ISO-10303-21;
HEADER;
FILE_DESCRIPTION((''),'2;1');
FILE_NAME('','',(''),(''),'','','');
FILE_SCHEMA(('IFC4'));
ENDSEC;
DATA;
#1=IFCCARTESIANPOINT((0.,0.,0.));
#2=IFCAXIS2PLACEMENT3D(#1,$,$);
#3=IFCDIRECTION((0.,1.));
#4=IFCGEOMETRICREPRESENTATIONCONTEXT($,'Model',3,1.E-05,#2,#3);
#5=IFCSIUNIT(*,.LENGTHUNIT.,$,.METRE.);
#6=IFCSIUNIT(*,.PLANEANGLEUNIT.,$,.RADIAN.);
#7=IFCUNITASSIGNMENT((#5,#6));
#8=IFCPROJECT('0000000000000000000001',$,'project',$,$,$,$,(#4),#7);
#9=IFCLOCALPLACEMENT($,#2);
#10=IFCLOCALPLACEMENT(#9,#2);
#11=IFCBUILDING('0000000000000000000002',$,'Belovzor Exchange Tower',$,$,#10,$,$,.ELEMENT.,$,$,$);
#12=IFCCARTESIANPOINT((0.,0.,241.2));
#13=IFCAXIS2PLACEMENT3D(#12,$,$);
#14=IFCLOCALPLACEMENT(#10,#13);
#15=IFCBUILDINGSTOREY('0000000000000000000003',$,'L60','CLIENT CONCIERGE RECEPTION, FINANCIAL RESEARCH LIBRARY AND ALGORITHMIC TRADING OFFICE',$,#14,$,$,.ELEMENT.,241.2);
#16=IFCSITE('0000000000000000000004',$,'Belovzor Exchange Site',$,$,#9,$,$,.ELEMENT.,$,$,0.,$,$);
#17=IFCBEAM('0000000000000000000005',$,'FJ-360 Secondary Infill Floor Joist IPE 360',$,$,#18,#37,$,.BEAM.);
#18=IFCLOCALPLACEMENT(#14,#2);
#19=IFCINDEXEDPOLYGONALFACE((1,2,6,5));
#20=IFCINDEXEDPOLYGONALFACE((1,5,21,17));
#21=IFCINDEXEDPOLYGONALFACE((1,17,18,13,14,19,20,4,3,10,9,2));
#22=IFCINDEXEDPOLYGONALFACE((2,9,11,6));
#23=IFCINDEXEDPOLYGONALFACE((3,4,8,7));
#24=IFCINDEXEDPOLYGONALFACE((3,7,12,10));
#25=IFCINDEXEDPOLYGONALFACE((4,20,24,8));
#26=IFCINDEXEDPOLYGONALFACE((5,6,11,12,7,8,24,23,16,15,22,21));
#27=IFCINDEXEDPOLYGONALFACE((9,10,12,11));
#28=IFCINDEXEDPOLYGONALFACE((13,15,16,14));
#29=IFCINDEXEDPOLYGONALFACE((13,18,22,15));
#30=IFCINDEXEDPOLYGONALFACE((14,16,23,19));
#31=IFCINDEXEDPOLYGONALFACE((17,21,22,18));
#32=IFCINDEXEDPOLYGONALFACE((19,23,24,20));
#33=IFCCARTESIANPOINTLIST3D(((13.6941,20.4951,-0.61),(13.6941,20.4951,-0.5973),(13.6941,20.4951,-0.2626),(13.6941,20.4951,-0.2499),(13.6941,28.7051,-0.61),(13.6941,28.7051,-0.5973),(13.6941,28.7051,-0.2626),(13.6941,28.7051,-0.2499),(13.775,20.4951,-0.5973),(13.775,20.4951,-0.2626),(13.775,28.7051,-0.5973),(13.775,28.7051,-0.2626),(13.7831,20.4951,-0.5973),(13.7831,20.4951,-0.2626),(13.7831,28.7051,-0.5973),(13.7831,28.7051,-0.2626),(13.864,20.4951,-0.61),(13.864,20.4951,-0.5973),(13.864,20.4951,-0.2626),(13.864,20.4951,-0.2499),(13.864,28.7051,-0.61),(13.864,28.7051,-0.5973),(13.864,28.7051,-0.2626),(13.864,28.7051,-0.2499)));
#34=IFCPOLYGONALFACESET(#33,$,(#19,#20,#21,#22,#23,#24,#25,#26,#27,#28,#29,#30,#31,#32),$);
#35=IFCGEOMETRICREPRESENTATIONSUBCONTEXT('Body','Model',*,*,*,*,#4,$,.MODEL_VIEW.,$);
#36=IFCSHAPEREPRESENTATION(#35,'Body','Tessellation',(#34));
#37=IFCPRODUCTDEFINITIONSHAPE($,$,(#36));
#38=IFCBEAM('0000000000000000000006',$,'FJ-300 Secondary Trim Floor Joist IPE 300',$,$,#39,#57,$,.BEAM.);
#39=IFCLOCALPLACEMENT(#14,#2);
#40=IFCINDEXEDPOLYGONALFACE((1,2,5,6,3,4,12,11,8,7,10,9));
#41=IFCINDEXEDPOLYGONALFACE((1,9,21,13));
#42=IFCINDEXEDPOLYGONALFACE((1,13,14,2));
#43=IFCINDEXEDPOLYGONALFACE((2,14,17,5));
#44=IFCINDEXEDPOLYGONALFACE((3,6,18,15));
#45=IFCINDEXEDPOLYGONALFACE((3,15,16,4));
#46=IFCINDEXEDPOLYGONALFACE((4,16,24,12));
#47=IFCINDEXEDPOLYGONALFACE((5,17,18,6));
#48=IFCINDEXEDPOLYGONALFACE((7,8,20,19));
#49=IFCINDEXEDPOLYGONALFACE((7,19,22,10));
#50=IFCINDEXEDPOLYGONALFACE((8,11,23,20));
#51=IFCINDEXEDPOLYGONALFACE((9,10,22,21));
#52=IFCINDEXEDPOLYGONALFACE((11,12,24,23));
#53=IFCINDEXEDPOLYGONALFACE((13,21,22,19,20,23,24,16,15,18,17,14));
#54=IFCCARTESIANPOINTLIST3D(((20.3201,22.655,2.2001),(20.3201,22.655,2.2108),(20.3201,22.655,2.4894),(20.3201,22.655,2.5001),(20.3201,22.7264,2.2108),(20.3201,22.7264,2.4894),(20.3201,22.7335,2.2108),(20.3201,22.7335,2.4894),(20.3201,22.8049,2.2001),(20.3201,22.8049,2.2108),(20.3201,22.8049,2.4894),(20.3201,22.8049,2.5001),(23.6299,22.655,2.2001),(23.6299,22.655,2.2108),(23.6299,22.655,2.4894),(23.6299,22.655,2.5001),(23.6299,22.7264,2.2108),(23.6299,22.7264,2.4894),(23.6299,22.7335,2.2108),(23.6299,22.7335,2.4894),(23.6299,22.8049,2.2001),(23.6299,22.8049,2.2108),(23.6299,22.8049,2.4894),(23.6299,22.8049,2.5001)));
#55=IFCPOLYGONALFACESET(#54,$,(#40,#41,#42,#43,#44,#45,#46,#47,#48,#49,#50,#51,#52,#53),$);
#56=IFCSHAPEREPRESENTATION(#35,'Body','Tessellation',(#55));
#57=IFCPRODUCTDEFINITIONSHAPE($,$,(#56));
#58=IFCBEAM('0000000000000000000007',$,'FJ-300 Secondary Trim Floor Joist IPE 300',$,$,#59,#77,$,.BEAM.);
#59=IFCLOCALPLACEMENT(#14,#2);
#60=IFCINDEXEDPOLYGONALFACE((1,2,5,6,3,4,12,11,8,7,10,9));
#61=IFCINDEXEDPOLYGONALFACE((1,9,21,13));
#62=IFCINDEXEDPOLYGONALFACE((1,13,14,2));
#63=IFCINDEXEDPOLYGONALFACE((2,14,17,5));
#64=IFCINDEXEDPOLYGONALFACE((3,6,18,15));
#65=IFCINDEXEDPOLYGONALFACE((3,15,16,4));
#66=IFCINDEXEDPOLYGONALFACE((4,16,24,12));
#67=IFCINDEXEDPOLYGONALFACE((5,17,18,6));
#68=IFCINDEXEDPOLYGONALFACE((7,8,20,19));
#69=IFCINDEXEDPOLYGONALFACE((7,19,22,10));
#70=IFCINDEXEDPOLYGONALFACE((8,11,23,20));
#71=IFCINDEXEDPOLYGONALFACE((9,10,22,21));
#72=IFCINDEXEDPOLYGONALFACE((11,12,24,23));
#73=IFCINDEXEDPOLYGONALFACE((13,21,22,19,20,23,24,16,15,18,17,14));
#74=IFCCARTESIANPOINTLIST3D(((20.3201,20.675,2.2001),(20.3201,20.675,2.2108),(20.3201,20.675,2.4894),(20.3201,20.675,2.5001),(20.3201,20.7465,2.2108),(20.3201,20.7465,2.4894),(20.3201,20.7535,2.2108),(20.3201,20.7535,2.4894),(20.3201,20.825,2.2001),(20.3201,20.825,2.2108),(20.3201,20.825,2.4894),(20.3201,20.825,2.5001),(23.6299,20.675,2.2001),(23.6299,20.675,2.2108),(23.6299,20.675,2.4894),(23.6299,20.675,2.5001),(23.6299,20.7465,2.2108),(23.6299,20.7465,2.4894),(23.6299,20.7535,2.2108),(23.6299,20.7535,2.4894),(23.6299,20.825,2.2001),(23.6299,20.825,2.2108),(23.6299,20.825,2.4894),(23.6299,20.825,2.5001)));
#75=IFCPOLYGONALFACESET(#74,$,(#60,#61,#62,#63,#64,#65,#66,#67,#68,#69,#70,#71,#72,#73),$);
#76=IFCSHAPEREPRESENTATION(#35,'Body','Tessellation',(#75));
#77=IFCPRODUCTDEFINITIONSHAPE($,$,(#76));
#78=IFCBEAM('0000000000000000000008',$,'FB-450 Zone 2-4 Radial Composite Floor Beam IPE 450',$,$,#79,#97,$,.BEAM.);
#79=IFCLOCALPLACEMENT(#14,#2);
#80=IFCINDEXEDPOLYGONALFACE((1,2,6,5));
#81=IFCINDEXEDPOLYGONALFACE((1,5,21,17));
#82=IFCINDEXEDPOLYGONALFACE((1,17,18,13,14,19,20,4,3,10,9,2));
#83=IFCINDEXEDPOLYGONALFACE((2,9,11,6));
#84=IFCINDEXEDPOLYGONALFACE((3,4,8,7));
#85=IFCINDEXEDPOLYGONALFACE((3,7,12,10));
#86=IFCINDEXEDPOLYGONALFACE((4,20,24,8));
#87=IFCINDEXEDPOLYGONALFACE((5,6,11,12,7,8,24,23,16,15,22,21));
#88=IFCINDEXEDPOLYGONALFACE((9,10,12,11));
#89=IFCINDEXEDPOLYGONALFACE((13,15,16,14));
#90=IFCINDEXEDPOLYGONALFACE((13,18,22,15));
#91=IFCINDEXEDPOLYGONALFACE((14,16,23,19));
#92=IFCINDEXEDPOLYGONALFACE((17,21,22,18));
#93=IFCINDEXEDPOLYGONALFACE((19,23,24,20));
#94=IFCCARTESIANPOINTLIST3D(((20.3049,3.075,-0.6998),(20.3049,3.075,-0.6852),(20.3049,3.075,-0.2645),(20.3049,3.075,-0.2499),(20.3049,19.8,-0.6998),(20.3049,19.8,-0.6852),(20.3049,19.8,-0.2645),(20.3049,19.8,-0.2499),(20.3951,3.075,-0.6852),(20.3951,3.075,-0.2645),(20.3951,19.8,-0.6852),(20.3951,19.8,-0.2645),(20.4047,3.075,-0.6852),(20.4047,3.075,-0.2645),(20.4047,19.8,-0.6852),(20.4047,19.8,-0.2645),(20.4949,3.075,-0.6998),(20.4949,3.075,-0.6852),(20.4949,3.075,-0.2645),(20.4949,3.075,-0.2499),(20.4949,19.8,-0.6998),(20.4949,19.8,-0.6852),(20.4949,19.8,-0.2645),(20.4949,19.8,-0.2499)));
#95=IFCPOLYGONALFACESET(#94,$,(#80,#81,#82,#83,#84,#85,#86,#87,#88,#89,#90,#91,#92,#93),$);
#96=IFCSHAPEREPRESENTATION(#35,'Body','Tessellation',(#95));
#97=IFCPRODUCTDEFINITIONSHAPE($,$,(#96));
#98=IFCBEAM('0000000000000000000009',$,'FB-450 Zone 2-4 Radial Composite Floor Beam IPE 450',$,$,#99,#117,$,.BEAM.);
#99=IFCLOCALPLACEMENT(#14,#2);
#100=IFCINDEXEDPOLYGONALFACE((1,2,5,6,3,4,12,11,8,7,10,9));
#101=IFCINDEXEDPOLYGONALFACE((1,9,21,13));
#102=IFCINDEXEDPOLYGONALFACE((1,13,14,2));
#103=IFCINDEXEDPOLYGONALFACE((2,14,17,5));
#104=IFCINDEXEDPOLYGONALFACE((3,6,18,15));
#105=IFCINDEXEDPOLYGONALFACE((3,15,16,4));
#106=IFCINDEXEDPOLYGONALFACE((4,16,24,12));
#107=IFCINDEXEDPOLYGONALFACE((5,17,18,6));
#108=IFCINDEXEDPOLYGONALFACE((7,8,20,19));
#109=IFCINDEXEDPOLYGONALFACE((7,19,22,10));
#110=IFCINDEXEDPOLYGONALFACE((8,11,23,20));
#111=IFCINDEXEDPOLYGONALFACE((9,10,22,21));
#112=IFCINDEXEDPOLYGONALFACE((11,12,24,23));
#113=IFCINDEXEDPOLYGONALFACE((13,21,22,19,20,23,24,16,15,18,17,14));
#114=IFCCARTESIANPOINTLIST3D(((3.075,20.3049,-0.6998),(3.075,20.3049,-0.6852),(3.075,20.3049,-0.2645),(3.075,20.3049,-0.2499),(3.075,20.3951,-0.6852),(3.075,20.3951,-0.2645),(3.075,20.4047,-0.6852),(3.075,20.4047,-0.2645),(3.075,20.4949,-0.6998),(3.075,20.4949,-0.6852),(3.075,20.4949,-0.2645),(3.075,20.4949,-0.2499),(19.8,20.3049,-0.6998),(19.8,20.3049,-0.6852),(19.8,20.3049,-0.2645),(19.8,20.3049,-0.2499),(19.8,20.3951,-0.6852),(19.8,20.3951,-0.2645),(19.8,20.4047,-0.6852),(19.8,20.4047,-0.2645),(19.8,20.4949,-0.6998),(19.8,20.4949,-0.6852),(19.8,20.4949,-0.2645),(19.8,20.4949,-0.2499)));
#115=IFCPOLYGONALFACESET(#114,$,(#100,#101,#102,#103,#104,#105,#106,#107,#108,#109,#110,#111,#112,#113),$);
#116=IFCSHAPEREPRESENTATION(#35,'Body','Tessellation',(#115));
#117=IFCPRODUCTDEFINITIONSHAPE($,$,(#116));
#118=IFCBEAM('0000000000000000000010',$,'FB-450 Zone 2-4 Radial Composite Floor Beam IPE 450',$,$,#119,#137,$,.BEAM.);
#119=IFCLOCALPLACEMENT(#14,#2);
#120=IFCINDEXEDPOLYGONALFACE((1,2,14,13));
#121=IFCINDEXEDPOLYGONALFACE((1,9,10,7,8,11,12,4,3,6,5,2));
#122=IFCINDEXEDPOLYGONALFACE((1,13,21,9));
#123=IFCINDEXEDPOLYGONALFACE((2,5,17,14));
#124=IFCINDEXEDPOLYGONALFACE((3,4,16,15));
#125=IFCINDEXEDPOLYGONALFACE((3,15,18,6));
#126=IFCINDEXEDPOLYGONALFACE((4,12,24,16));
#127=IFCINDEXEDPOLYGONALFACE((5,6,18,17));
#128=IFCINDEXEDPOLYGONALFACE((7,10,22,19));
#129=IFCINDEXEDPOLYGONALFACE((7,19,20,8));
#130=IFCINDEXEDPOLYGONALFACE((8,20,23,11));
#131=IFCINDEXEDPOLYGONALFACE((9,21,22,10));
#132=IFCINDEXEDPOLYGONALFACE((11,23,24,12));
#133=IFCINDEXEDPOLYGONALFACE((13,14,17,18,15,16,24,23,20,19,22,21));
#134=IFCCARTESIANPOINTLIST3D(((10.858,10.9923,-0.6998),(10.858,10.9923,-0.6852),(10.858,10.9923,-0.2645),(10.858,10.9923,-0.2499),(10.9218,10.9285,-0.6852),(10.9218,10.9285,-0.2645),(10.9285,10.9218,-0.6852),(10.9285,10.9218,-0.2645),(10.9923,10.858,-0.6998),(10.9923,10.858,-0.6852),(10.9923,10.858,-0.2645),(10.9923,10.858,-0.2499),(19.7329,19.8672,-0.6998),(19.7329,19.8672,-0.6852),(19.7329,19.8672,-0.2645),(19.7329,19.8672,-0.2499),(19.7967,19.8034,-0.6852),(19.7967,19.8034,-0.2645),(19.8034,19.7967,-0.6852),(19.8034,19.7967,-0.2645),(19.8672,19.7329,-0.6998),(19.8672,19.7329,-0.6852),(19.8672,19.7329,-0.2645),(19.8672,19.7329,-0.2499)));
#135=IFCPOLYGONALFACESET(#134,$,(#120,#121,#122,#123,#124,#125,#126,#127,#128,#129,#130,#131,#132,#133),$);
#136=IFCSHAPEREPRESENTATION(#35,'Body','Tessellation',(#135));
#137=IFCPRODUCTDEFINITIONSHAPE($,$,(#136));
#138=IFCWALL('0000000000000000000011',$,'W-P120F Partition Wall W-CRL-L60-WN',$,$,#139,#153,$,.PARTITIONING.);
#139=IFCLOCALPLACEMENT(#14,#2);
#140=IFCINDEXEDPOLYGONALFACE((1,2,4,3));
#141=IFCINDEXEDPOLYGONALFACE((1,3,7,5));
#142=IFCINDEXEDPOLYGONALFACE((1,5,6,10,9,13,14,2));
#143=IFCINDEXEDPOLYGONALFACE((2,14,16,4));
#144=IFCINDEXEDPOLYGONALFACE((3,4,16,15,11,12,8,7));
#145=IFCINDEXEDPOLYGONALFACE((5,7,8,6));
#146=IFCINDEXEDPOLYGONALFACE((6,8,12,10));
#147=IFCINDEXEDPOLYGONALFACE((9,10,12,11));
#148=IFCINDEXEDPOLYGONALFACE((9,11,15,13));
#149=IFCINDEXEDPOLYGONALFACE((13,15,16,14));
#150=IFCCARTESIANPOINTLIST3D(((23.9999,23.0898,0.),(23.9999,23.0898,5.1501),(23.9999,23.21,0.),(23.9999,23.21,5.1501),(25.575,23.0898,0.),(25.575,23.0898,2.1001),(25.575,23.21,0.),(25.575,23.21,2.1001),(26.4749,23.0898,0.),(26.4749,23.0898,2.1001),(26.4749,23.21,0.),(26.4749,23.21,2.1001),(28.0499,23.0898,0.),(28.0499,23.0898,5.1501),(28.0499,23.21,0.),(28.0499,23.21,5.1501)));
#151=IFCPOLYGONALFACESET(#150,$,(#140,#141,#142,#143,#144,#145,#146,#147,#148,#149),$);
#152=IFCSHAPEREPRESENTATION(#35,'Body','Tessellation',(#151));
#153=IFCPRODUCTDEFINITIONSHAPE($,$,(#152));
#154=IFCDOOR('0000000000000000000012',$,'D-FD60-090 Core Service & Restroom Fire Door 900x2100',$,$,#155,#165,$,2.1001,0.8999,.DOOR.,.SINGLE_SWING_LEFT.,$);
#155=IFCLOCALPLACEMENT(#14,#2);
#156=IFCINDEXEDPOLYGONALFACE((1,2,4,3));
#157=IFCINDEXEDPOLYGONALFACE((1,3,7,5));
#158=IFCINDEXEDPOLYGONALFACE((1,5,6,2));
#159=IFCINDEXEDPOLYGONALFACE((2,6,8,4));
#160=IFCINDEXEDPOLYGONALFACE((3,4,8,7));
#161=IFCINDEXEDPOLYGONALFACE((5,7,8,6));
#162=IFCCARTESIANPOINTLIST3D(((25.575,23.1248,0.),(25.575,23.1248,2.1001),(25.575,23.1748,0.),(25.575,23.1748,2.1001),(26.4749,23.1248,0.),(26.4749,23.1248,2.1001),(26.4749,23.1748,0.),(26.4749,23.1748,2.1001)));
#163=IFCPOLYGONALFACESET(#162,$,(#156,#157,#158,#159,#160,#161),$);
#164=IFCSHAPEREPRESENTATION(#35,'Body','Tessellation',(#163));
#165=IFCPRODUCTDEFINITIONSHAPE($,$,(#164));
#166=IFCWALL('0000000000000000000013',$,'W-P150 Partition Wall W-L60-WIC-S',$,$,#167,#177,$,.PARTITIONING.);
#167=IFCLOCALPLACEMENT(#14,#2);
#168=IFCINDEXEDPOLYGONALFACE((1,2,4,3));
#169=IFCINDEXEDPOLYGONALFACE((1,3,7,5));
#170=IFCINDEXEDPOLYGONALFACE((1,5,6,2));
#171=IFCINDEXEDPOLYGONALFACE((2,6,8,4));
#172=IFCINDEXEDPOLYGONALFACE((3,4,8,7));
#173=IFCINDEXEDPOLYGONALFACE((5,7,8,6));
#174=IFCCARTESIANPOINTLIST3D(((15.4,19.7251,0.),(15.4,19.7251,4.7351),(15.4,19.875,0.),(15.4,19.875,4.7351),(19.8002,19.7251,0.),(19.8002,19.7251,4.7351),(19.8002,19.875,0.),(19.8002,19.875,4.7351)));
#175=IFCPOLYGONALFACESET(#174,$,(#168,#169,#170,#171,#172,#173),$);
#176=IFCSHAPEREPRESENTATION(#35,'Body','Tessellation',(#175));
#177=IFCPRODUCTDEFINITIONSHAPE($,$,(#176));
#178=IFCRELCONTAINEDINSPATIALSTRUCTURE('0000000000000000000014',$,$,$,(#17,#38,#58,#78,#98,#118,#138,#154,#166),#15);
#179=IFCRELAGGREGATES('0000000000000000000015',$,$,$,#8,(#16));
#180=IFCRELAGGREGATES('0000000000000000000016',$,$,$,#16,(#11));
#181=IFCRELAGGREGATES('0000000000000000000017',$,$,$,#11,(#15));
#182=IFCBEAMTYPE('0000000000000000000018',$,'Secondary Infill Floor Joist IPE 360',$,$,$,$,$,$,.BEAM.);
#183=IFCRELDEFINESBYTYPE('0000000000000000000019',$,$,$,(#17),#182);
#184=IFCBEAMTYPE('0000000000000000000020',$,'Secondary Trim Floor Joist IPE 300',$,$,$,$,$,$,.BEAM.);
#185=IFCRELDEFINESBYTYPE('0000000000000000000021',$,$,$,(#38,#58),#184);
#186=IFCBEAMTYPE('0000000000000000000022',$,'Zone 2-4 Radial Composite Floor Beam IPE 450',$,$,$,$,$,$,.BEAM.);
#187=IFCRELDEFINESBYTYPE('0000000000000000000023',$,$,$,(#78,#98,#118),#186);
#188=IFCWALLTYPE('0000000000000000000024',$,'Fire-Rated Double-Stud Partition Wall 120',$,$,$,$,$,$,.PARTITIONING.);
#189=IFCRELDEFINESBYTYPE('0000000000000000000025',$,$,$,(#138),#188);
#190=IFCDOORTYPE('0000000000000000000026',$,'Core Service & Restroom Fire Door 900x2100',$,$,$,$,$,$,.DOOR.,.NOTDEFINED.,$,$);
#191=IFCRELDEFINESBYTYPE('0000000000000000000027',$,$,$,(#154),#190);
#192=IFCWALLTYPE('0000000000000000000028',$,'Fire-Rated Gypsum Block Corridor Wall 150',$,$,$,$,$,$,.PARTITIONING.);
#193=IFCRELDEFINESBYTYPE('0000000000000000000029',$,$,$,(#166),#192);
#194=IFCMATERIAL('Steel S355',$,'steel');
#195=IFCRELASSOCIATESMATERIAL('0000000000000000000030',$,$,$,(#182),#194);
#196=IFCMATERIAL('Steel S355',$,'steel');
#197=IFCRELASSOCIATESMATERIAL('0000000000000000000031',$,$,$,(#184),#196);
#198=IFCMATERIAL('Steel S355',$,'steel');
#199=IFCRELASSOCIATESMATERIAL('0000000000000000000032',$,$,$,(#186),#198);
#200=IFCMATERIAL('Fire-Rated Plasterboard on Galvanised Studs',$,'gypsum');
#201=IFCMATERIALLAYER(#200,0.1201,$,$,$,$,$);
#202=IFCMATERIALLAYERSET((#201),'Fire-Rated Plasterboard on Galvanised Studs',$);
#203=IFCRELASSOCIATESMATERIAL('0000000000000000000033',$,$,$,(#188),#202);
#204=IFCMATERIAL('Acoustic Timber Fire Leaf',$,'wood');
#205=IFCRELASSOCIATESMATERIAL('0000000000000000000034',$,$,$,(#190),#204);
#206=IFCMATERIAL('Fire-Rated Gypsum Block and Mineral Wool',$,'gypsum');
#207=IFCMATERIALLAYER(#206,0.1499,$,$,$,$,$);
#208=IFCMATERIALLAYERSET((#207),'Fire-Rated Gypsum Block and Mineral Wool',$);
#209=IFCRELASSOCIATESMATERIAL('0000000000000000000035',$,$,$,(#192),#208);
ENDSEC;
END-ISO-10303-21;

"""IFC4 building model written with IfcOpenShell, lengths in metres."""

from ifc_helpers import new_model, si_unit, direction, frame, frame_2d, origin, origin_2d, place, context, subcontext, project, spatial, rectangle, i_section, extrude, material, layer, layer_set, material_profile, profile_set, type_object, element, fill, save


model = new_model("IFC4")

# Units and contexts
model_context = context("Model", 3, precision=1e-05, world=origin(), true_north=direction((0.0, 1.0)))
body_context = subcontext(model_context, "Body", "Model", "MODEL_VIEW")
ifc_project = project(units=[si_unit("LENGTHUNIT", "METRE"), si_unit("PLANEANGLEUNIT", "RADIAN")], contexts=[model_context])

# Site, building, storey
site_placement = place(None, origin())
site = spatial("IfcSite", under=ifc_project, at=site_placement, Name="Belovzor Exchange Site", CompositionType="ELEMENT", RefElevation=0.0)
building_placement = place(site_placement, origin())
building = spatial("IfcBuilding", under=site, at=building_placement, Name="Belovzor Exchange Tower", CompositionType="ELEMENT")
storey_placement = place(building_placement, frame((0.0, 0.0, 241.2)))
storey = spatial("IfcBuildingStorey", under=building, at=storey_placement, Name="L60", Description="CLIENT CONCIERGE RECEPTION, FINANCIAL RESEARCH LIBRARY AND ALGORITHMIC TRADING OFFICE", CompositionType="ELEMENT", Elevation=241.2)

# Beams
ifc_material_1 = material(Name="Steel S355", Category="steel")
ifc_material_profile_1 = material_profile(ifc_material_1, i_section(OverallWidth=0.1699, OverallDepth=0.3601, WebThickness=0.0081, FlangeThickness=0.0127, at=origin_2d()))
ifc_profile_set_1 = profile_set([ifc_material_profile_1], Name="Steel S355")
beam_type_1 = type_object("IfcBeamType", Name="Secondary Infill Floor Joist IPE 360", PredefinedType="BEAM", material=ifc_profile_set_1)
beam_1_placement = place(storey_placement, frame((13.7791, 20.4951, -0.4299), z_axis=(0.0, 1.0, 0.0), x_axis=(-1.0, 0.0, 0.0)))
element("IfcBeam", 1, at=beam_1_placement, inside=storey, type_object=beam_type_1, Name="FJ-360 Secondary Infill Floor Joist IPE 360", PredefinedType="BEAM", context=body_context, shape_type="SweptSolid", body=[
    extrude(i_section(OverallWidth=0.1699, OverallDepth=0.3601, WebThickness=0.0081, FlangeThickness=0.0127, at=origin_2d()), origin(), (0.0, 0.0, 1.0), 8.21),
])
ifc_material_2 = material(Name="Steel S355", Category="steel")
ifc_material_profile_2 = material_profile(ifc_material_2, i_section(OverallWidth=0.1499, OverallDepth=0.3, WebThickness=0.0071, FlangeThickness=0.0107, at=origin_2d()))
ifc_profile_set_2 = profile_set([ifc_material_profile_2], Name="Steel S355")
beam_type_2 = type_object("IfcBeamType", Name="Secondary Trim Floor Joist IPE 300", PredefinedType="BEAM", material=ifc_profile_set_2)
for number, where, z_axis, x_axis, name in (
    (2, (20.3201, 22.73, 2.3501), (1.0, 0.0, 0.0), (0.0, 1.0, 0.0), "FJ-300 Secondary Trim Floor Joist IPE 300"),
    (3, (20.3201, 20.75, 2.3501), (1.0, 0.0, 0.0), (0.0, 1.0, 0.0), "FJ-300 Secondary Trim Floor Joist IPE 300"),
):
    element("IfcBeam", number, at=place(storey_placement, frame(where, z_axis=z_axis, x_axis=x_axis)), inside=storey, type_object=beam_type_2, Name=name, PredefinedType="BEAM", context=body_context, shape_type="SweptSolid", body=[
        extrude(i_section(OverallWidth=0.1499, OverallDepth=0.3, WebThickness=0.0071, FlangeThickness=0.0107, at=origin_2d()), origin(), (0.0, 0.0, 1.0), 3.3098),
    ])
ifc_material_3 = material(Name="Steel S355", Category="steel")
ifc_material_profile_3 = material_profile(ifc_material_3, i_section(OverallWidth=0.1899, OverallDepth=0.45, WebThickness=0.0095, FlangeThickness=0.0146, at=origin_2d()))
ifc_profile_set_3 = profile_set([ifc_material_profile_3], Name="Steel S355")
beam_type_3 = type_object("IfcBeamType", Name="Zone 2-4 Radial Composite Floor Beam IPE 450", PredefinedType="BEAM", material=ifc_profile_set_3)
for number, where, z_axis, x_axis, name in (
    (4, (20.3999, 19.8, -0.4749), (0.0, -1.0, 0.0), (1.0, 0.0, 0.0), "FB-450 Zone 2-4 Radial Composite Floor Beam IPE 450"),
    (5, (19.8, 20.3999, -0.4749), (-1.0, 0.0, 0.0), (0.0, -1.0, 0.0), "FB-450 Zone 2-4 Radial Composite Floor Beam IPE 450"),
):
    element("IfcBeam", number, at=place(storey_placement, frame(where, z_axis=z_axis, x_axis=x_axis)), inside=storey, type_object=beam_type_3, Name=name, PredefinedType="BEAM", context=body_context, shape_type="SweptSolid", body=[
        extrude(i_section(OverallWidth=0.1899, OverallDepth=0.45, WebThickness=0.0095, FlangeThickness=0.0146, at=origin_2d()), origin(), (0.0, 0.0, 1.0), 16.7251),
    ])
beam_2_placement = place(storey_placement, frame((19.8, 19.8, -0.4749), z_axis=(-0.707107, -0.707107, 0.0), x_axis=(0.707107, -0.707107, 0.0)))
element("IfcBeam", 6, at=beam_2_placement, inside=storey, type_object=beam_type_3, Name="FB-450 Zone 2-4 Radial Composite Floor Beam IPE 450", PredefinedType="BEAM", context=body_context, shape_type="SweptSolid", body=[
    extrude(i_section(OverallWidth=0.1899, OverallDepth=0.45, WebThickness=0.0095, FlangeThickness=0.0146, at=origin_2d()), origin(), (0.0, 0.0, 1.0), 12.551),
])

# Wall, opening, door
ifc_material_4 = material(Name="Fire-Rated Plasterboard on Galvanised Studs", Category="gypsum")
ifc_layer_1 = layer(ifc_material_4, 0.1201)
ifc_layer_set_1 = layer_set([ifc_layer_1], Name="Fire-Rated Plasterboard on Galvanised Studs")
wall_type_1 = type_object("IfcWallType", Name="Fire-Rated Double-Stud Partition Wall 120", PredefinedType="PARTITIONING", material=ifc_layer_set_1)
wall_1_placement = place(storey_placement, frame((24.0, 23.1499, 0.0), z_axis=(0.0, 0.0, 1.0), x_axis=(1.0, 0.0, 0.0)))
wall_1 = element("IfcWall", 7, at=wall_1_placement, inside=storey, type_object=wall_type_1, Name="W-P120F Partition Wall W-CRL-L60-WN", PredefinedType="PARTITIONING", context=body_context, shape_type="SweptSolid", body=[
    extrude(rectangle(XDim=4.05, YDim=0.1201, at=frame_2d((2.0249, 0.0))), origin(), (0.0, 0.0, 1.0), 5.1501),
])
opening_1_placement = place(wall_1_placement, frame((1.575, 0.0, 0.0)))
opening_1 = element("IfcOpeningElement", 8, at=opening_1_placement, cuts=wall_1, PredefinedType="OPENING", context=body_context, shape_type="SweptSolid", body=[
    extrude(rectangle(XDim=0.8999, YDim=2.1001, at=frame_2d((0.45, 1.05))), frame((0.0, 0.0701, 0.0), z_axis=(0.0, -1.0, 0.0), x_axis=(1.0, 0.0, 0.0)), (0.0, 0.0, 1.0), 0.1401),
])
ifc_material_5 = material(Name="Acoustic Timber Fire Leaf", Category="wood")
door_type_1 = type_object("IfcDoorType", Name="Core Service & Restroom Fire Door 900x2100", OperationType="NOTDEFINED", PredefinedType="DOOR", material=ifc_material_5)
door_1_placement = place(opening_1_placement, origin())
door_1 = element("IfcDoor", 9, at=door_1_placement, inside=storey, type_object=door_type_1, Name="D-FD60-090 Core Service & Restroom Fire Door 900x2100", OperationType="SINGLE_SWING_LEFT", OverallHeight=2.1001, OverallWidth=0.8999, PredefinedType="DOOR", context=body_context, shape_type="SweptSolid", body=[
    extrude(rectangle(XDim=0.8999, YDim=2.1001, at=frame_2d((0.45, 1.05))), frame((0.0, 0.0249, 0.0), z_axis=(0.0, -1.0, 0.0), x_axis=(1.0, 0.0, 0.0)), (0.0, 0.0, 1.0), 0.05),
])
fill(opening_1, door_1)

# Wall
ifc_material_6 = material(Name="Fire-Rated Gypsum Block and Mineral Wool", Category="gypsum")
ifc_layer_2 = layer(ifc_material_6, 0.1499)
ifc_layer_set_2 = layer_set([ifc_layer_2], Name="Fire-Rated Gypsum Block and Mineral Wool")
wall_type_2 = type_object("IfcWallType", Name="Fire-Rated Gypsum Block Corridor Wall 150", PredefinedType="PARTITIONING", material=ifc_layer_set_2)
wall_2_placement = place(storey_placement, frame((15.3999, 19.8, 0.0), z_axis=(0.0, 0.0, 1.0), x_axis=(1.0, 0.0, 0.0)))
element("IfcWall", 10, at=wall_2_placement, inside=storey, type_object=wall_type_2, Name="W-P150 Partition Wall W-L60-WIC-S", PredefinedType="PARTITIONING", context=body_context, shape_type="SweptSolid", body=[
    extrude(rectangle(XDim=4.4001, YDim=0.1499, at=frame_2d((2.2002, 0.0))), origin(), (0.0, 0.0, 1.0), 4.7351),
])

save(model, "model.ifc")
